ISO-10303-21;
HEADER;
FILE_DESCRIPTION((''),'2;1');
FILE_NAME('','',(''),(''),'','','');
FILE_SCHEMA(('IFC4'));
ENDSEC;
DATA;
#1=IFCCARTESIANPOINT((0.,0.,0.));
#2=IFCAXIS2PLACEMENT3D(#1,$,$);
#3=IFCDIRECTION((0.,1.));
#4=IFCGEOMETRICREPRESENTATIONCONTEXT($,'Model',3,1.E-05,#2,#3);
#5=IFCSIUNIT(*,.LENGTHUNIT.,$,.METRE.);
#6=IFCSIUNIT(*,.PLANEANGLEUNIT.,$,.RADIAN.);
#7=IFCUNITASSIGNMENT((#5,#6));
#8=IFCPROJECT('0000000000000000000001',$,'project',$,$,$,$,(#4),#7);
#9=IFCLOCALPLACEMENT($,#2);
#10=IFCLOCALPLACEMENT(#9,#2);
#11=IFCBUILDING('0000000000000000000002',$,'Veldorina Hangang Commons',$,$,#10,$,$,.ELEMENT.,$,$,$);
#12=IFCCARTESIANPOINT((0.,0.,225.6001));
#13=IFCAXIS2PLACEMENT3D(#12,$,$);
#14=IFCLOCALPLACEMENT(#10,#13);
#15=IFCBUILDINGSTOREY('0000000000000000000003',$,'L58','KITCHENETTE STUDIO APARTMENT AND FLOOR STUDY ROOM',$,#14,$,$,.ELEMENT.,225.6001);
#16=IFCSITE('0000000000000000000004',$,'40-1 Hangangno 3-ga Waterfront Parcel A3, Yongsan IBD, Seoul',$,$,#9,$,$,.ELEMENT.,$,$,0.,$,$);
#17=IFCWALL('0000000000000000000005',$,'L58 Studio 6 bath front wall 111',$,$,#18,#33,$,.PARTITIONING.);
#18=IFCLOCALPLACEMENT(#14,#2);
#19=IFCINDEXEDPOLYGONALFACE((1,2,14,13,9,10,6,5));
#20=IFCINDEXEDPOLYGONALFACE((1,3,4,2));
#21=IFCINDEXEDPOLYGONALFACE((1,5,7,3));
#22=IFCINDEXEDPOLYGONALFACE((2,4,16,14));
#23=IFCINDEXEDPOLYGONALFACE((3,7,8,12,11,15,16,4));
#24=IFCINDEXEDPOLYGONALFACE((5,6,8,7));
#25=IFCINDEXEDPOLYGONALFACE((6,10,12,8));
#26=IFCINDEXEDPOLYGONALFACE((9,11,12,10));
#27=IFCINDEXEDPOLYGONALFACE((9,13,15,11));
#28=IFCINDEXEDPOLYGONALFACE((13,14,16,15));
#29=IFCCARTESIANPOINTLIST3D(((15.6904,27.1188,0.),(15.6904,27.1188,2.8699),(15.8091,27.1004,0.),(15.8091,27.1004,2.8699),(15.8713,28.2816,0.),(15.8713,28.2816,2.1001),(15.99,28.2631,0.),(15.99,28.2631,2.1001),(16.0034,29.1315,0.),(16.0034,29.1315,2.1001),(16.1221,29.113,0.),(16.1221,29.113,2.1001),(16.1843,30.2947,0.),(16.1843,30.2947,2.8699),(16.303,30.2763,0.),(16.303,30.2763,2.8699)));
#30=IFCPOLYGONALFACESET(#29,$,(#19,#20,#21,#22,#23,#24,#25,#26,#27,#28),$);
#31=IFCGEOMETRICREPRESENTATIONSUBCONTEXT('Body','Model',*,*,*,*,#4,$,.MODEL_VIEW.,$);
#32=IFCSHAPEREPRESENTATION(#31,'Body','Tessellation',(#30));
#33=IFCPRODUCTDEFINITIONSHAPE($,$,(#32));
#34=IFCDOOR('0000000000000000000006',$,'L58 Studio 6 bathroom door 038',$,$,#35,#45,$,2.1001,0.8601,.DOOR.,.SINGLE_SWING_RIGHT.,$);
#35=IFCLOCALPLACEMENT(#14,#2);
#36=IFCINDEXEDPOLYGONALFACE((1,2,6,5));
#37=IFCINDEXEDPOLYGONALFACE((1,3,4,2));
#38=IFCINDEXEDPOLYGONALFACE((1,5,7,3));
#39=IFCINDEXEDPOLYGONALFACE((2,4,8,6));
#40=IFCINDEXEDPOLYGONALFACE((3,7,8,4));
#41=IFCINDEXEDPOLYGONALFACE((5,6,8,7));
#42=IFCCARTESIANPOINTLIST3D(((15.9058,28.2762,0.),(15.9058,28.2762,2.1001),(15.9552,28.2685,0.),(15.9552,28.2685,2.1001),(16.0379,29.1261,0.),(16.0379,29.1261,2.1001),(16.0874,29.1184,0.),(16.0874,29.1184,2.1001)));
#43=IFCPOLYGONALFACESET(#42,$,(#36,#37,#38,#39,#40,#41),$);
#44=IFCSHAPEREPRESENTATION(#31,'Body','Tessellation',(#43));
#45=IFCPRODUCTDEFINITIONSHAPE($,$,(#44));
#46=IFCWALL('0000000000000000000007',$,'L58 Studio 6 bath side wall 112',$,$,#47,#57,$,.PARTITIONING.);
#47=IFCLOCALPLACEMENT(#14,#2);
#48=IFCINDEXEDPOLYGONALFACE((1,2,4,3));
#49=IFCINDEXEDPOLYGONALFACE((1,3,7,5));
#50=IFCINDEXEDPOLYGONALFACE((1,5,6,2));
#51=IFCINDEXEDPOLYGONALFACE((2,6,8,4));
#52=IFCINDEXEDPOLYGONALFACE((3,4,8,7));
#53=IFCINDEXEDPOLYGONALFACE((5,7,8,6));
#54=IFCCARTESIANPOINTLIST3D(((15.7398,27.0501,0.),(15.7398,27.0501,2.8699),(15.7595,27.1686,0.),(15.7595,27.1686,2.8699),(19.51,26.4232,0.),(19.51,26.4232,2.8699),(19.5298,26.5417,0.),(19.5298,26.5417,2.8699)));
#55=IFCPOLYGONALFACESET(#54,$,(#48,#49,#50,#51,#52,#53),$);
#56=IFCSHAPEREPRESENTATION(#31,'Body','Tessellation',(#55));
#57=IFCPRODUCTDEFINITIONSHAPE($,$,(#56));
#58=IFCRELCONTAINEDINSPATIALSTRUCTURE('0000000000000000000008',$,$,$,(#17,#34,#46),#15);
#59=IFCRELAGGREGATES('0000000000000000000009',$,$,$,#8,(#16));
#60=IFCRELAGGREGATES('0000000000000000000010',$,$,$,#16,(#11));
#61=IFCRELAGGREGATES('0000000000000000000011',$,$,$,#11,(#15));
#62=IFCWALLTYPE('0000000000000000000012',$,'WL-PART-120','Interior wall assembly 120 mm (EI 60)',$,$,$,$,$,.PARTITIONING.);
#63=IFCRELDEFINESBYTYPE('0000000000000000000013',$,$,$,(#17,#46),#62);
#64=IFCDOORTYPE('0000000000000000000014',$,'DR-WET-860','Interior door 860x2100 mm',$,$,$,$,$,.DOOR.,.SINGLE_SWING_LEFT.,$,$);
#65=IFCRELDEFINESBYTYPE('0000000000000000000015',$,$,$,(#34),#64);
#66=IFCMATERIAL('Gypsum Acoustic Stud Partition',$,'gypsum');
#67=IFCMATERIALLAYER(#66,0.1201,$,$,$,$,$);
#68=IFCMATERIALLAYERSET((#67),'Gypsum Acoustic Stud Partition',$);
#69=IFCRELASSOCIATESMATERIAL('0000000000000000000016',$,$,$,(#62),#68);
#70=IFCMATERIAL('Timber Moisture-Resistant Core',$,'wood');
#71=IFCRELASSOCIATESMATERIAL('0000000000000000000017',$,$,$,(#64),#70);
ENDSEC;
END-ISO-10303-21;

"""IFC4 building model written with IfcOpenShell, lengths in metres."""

from ifc_helpers import new_model, si_unit, direction, frame, frame_2d, origin, place, context, subcontext, project, spatial, rectangle, extrude, material, layer, layer_set, type_object, element, fill, save


model = new_model("IFC4")

# Units and contexts
model_context = context("Model", 3, precision=1e-05, world=origin(), true_north=direction((0.0, 1.0)))
body_context = subcontext(model_context, "Body", "Model", "MODEL_VIEW")
ifc_project = project(units=[si_unit("LENGTHUNIT", "METRE"), si_unit("PLANEANGLEUNIT", "RADIAN")], contexts=[model_context])

# Site, building, storey
site_placement = place(None, origin())
site = spatial("IfcSite", under=ifc_project, at=site_placement, Name="40-1 Hangangno 3-ga Waterfront Parcel A3, Yongsan IBD, Seoul", CompositionType="ELEMENT", RefElevation=0.0)
building_placement = place(site_placement, origin())
building = spatial("IfcBuilding", under=site, at=building_placement, Name="Veldorina Hangang Commons", CompositionType="ELEMENT")
storey_placement = place(building_placement, frame((0.0, 0.0, 225.6001)))
storey = spatial("IfcBuildingStorey", under=building, at=storey_placement, Name="L58", Description="KITCHENETTE STUDIO APARTMENT AND FLOOR STUDY ROOM", CompositionType="ELEMENT", Elevation=225.6001)

# Wall, opening, door
ifc_material_1 = material(Name="Gypsum Acoustic Stud Partition", Category="gypsum")
ifc_layer_1 = layer(ifc_material_1, 0.1201)
ifc_layer_set_1 = layer_set([ifc_layer_1], Name="Gypsum Acoustic Stud Partition")
wall_type_1 = type_object("IfcWallType", Name="WL-PART-120", Description="Interior wall assembly 120 mm (EI 60)", PredefinedType="PARTITIONING", material=ifc_layer_set_1)
wall_1_placement = place(storey_placement, frame((16.2437, 30.2854, 0.0), z_axis=(0.0, 0.0, 1.0), x_axis=(-0.153661, -0.988124, 0.0)))
wall_1 = element("IfcWall", 1, at=wall_1_placement, inside=storey, type_object=wall_type_1, Name="L58 Studio 6 bath front wall 111", PredefinedType="PARTITIONING", context=body_context, shape_type="SweptSolid", body=[
    extrude(rectangle(XDim=3.2141, YDim=0.1201, at=frame_2d((1.6069, 0.0))), origin(), (0.0, 0.0, 1.0), 2.8699),
])
opening_1_placement = place(wall_1_placement, frame((1.177, 0.0, 0.0)))
opening_1 = element("IfcOpeningElement", 2, at=opening_1_placement, cuts=wall_1, PredefinedType="OPENING", context=body_context, shape_type="SweptSolid", body=[
    extrude(rectangle(XDim=0.8601, YDim=2.1001, at=frame_2d((0.4302, 1.05))), frame((0.0, 0.0701, 0.0), z_axis=(0.0, -1.0, 0.0), x_axis=(1.0, 0.0, 0.0)), (0.0, 0.0, 1.0), 0.1401),
])
ifc_material_2 = material(Name="Timber Moisture-Resistant Core", Category="wood")
door_type_1 = type_object("IfcDoorType", Name="DR-WET-860", Description="Interior door 860x2100 mm", OperationType="SINGLE_SWING_LEFT", PredefinedType="DOOR", material=ifc_material_2)
door_1_placement = place(opening_1_placement, origin())
door_1 = element("IfcDoor", 3, at=door_1_placement, inside=storey, type_object=door_type_1, Name="L58 Studio 6 bathroom door 038", OperationType="SINGLE_SWING_RIGHT", OverallHeight=2.1001, OverallWidth=0.8601, PredefinedType="DOOR", context=body_context, shape_type="SweptSolid", body=[
    extrude(rectangle(XDim=0.8601, YDim=2.1001, at=frame_2d((0.4302, 1.05))), frame((0.0, 0.0249, 0.0), z_axis=(0.0, -1.0, 0.0), x_axis=(1.0, 0.0, 0.0)), (0.0, 0.0, 1.0), 0.05),
])
fill(opening_1, door_1)

# Wall
wall_2_placement = place(storey_placement, frame((19.52, 26.4824, 0.0), z_axis=(0.0, 0.0, 1.0), x_axis=(-0.986454, 0.164036, 0.0)))
element("IfcWall", 4, at=wall_2_placement, inside=storey, type_object=wall_type_1, Name="L58 Studio 6 bath side wall 112", PredefinedType="PARTITIONING", context=body_context, shape_type="SweptSolid", body=[
    extrude(rectangle(XDim=3.822, YDim=0.1201, at=frame_2d((1.9111, 0.0))), origin(), (0.0, 0.0, 1.0), 2.8699),
])

save(model, "model.ifc")
